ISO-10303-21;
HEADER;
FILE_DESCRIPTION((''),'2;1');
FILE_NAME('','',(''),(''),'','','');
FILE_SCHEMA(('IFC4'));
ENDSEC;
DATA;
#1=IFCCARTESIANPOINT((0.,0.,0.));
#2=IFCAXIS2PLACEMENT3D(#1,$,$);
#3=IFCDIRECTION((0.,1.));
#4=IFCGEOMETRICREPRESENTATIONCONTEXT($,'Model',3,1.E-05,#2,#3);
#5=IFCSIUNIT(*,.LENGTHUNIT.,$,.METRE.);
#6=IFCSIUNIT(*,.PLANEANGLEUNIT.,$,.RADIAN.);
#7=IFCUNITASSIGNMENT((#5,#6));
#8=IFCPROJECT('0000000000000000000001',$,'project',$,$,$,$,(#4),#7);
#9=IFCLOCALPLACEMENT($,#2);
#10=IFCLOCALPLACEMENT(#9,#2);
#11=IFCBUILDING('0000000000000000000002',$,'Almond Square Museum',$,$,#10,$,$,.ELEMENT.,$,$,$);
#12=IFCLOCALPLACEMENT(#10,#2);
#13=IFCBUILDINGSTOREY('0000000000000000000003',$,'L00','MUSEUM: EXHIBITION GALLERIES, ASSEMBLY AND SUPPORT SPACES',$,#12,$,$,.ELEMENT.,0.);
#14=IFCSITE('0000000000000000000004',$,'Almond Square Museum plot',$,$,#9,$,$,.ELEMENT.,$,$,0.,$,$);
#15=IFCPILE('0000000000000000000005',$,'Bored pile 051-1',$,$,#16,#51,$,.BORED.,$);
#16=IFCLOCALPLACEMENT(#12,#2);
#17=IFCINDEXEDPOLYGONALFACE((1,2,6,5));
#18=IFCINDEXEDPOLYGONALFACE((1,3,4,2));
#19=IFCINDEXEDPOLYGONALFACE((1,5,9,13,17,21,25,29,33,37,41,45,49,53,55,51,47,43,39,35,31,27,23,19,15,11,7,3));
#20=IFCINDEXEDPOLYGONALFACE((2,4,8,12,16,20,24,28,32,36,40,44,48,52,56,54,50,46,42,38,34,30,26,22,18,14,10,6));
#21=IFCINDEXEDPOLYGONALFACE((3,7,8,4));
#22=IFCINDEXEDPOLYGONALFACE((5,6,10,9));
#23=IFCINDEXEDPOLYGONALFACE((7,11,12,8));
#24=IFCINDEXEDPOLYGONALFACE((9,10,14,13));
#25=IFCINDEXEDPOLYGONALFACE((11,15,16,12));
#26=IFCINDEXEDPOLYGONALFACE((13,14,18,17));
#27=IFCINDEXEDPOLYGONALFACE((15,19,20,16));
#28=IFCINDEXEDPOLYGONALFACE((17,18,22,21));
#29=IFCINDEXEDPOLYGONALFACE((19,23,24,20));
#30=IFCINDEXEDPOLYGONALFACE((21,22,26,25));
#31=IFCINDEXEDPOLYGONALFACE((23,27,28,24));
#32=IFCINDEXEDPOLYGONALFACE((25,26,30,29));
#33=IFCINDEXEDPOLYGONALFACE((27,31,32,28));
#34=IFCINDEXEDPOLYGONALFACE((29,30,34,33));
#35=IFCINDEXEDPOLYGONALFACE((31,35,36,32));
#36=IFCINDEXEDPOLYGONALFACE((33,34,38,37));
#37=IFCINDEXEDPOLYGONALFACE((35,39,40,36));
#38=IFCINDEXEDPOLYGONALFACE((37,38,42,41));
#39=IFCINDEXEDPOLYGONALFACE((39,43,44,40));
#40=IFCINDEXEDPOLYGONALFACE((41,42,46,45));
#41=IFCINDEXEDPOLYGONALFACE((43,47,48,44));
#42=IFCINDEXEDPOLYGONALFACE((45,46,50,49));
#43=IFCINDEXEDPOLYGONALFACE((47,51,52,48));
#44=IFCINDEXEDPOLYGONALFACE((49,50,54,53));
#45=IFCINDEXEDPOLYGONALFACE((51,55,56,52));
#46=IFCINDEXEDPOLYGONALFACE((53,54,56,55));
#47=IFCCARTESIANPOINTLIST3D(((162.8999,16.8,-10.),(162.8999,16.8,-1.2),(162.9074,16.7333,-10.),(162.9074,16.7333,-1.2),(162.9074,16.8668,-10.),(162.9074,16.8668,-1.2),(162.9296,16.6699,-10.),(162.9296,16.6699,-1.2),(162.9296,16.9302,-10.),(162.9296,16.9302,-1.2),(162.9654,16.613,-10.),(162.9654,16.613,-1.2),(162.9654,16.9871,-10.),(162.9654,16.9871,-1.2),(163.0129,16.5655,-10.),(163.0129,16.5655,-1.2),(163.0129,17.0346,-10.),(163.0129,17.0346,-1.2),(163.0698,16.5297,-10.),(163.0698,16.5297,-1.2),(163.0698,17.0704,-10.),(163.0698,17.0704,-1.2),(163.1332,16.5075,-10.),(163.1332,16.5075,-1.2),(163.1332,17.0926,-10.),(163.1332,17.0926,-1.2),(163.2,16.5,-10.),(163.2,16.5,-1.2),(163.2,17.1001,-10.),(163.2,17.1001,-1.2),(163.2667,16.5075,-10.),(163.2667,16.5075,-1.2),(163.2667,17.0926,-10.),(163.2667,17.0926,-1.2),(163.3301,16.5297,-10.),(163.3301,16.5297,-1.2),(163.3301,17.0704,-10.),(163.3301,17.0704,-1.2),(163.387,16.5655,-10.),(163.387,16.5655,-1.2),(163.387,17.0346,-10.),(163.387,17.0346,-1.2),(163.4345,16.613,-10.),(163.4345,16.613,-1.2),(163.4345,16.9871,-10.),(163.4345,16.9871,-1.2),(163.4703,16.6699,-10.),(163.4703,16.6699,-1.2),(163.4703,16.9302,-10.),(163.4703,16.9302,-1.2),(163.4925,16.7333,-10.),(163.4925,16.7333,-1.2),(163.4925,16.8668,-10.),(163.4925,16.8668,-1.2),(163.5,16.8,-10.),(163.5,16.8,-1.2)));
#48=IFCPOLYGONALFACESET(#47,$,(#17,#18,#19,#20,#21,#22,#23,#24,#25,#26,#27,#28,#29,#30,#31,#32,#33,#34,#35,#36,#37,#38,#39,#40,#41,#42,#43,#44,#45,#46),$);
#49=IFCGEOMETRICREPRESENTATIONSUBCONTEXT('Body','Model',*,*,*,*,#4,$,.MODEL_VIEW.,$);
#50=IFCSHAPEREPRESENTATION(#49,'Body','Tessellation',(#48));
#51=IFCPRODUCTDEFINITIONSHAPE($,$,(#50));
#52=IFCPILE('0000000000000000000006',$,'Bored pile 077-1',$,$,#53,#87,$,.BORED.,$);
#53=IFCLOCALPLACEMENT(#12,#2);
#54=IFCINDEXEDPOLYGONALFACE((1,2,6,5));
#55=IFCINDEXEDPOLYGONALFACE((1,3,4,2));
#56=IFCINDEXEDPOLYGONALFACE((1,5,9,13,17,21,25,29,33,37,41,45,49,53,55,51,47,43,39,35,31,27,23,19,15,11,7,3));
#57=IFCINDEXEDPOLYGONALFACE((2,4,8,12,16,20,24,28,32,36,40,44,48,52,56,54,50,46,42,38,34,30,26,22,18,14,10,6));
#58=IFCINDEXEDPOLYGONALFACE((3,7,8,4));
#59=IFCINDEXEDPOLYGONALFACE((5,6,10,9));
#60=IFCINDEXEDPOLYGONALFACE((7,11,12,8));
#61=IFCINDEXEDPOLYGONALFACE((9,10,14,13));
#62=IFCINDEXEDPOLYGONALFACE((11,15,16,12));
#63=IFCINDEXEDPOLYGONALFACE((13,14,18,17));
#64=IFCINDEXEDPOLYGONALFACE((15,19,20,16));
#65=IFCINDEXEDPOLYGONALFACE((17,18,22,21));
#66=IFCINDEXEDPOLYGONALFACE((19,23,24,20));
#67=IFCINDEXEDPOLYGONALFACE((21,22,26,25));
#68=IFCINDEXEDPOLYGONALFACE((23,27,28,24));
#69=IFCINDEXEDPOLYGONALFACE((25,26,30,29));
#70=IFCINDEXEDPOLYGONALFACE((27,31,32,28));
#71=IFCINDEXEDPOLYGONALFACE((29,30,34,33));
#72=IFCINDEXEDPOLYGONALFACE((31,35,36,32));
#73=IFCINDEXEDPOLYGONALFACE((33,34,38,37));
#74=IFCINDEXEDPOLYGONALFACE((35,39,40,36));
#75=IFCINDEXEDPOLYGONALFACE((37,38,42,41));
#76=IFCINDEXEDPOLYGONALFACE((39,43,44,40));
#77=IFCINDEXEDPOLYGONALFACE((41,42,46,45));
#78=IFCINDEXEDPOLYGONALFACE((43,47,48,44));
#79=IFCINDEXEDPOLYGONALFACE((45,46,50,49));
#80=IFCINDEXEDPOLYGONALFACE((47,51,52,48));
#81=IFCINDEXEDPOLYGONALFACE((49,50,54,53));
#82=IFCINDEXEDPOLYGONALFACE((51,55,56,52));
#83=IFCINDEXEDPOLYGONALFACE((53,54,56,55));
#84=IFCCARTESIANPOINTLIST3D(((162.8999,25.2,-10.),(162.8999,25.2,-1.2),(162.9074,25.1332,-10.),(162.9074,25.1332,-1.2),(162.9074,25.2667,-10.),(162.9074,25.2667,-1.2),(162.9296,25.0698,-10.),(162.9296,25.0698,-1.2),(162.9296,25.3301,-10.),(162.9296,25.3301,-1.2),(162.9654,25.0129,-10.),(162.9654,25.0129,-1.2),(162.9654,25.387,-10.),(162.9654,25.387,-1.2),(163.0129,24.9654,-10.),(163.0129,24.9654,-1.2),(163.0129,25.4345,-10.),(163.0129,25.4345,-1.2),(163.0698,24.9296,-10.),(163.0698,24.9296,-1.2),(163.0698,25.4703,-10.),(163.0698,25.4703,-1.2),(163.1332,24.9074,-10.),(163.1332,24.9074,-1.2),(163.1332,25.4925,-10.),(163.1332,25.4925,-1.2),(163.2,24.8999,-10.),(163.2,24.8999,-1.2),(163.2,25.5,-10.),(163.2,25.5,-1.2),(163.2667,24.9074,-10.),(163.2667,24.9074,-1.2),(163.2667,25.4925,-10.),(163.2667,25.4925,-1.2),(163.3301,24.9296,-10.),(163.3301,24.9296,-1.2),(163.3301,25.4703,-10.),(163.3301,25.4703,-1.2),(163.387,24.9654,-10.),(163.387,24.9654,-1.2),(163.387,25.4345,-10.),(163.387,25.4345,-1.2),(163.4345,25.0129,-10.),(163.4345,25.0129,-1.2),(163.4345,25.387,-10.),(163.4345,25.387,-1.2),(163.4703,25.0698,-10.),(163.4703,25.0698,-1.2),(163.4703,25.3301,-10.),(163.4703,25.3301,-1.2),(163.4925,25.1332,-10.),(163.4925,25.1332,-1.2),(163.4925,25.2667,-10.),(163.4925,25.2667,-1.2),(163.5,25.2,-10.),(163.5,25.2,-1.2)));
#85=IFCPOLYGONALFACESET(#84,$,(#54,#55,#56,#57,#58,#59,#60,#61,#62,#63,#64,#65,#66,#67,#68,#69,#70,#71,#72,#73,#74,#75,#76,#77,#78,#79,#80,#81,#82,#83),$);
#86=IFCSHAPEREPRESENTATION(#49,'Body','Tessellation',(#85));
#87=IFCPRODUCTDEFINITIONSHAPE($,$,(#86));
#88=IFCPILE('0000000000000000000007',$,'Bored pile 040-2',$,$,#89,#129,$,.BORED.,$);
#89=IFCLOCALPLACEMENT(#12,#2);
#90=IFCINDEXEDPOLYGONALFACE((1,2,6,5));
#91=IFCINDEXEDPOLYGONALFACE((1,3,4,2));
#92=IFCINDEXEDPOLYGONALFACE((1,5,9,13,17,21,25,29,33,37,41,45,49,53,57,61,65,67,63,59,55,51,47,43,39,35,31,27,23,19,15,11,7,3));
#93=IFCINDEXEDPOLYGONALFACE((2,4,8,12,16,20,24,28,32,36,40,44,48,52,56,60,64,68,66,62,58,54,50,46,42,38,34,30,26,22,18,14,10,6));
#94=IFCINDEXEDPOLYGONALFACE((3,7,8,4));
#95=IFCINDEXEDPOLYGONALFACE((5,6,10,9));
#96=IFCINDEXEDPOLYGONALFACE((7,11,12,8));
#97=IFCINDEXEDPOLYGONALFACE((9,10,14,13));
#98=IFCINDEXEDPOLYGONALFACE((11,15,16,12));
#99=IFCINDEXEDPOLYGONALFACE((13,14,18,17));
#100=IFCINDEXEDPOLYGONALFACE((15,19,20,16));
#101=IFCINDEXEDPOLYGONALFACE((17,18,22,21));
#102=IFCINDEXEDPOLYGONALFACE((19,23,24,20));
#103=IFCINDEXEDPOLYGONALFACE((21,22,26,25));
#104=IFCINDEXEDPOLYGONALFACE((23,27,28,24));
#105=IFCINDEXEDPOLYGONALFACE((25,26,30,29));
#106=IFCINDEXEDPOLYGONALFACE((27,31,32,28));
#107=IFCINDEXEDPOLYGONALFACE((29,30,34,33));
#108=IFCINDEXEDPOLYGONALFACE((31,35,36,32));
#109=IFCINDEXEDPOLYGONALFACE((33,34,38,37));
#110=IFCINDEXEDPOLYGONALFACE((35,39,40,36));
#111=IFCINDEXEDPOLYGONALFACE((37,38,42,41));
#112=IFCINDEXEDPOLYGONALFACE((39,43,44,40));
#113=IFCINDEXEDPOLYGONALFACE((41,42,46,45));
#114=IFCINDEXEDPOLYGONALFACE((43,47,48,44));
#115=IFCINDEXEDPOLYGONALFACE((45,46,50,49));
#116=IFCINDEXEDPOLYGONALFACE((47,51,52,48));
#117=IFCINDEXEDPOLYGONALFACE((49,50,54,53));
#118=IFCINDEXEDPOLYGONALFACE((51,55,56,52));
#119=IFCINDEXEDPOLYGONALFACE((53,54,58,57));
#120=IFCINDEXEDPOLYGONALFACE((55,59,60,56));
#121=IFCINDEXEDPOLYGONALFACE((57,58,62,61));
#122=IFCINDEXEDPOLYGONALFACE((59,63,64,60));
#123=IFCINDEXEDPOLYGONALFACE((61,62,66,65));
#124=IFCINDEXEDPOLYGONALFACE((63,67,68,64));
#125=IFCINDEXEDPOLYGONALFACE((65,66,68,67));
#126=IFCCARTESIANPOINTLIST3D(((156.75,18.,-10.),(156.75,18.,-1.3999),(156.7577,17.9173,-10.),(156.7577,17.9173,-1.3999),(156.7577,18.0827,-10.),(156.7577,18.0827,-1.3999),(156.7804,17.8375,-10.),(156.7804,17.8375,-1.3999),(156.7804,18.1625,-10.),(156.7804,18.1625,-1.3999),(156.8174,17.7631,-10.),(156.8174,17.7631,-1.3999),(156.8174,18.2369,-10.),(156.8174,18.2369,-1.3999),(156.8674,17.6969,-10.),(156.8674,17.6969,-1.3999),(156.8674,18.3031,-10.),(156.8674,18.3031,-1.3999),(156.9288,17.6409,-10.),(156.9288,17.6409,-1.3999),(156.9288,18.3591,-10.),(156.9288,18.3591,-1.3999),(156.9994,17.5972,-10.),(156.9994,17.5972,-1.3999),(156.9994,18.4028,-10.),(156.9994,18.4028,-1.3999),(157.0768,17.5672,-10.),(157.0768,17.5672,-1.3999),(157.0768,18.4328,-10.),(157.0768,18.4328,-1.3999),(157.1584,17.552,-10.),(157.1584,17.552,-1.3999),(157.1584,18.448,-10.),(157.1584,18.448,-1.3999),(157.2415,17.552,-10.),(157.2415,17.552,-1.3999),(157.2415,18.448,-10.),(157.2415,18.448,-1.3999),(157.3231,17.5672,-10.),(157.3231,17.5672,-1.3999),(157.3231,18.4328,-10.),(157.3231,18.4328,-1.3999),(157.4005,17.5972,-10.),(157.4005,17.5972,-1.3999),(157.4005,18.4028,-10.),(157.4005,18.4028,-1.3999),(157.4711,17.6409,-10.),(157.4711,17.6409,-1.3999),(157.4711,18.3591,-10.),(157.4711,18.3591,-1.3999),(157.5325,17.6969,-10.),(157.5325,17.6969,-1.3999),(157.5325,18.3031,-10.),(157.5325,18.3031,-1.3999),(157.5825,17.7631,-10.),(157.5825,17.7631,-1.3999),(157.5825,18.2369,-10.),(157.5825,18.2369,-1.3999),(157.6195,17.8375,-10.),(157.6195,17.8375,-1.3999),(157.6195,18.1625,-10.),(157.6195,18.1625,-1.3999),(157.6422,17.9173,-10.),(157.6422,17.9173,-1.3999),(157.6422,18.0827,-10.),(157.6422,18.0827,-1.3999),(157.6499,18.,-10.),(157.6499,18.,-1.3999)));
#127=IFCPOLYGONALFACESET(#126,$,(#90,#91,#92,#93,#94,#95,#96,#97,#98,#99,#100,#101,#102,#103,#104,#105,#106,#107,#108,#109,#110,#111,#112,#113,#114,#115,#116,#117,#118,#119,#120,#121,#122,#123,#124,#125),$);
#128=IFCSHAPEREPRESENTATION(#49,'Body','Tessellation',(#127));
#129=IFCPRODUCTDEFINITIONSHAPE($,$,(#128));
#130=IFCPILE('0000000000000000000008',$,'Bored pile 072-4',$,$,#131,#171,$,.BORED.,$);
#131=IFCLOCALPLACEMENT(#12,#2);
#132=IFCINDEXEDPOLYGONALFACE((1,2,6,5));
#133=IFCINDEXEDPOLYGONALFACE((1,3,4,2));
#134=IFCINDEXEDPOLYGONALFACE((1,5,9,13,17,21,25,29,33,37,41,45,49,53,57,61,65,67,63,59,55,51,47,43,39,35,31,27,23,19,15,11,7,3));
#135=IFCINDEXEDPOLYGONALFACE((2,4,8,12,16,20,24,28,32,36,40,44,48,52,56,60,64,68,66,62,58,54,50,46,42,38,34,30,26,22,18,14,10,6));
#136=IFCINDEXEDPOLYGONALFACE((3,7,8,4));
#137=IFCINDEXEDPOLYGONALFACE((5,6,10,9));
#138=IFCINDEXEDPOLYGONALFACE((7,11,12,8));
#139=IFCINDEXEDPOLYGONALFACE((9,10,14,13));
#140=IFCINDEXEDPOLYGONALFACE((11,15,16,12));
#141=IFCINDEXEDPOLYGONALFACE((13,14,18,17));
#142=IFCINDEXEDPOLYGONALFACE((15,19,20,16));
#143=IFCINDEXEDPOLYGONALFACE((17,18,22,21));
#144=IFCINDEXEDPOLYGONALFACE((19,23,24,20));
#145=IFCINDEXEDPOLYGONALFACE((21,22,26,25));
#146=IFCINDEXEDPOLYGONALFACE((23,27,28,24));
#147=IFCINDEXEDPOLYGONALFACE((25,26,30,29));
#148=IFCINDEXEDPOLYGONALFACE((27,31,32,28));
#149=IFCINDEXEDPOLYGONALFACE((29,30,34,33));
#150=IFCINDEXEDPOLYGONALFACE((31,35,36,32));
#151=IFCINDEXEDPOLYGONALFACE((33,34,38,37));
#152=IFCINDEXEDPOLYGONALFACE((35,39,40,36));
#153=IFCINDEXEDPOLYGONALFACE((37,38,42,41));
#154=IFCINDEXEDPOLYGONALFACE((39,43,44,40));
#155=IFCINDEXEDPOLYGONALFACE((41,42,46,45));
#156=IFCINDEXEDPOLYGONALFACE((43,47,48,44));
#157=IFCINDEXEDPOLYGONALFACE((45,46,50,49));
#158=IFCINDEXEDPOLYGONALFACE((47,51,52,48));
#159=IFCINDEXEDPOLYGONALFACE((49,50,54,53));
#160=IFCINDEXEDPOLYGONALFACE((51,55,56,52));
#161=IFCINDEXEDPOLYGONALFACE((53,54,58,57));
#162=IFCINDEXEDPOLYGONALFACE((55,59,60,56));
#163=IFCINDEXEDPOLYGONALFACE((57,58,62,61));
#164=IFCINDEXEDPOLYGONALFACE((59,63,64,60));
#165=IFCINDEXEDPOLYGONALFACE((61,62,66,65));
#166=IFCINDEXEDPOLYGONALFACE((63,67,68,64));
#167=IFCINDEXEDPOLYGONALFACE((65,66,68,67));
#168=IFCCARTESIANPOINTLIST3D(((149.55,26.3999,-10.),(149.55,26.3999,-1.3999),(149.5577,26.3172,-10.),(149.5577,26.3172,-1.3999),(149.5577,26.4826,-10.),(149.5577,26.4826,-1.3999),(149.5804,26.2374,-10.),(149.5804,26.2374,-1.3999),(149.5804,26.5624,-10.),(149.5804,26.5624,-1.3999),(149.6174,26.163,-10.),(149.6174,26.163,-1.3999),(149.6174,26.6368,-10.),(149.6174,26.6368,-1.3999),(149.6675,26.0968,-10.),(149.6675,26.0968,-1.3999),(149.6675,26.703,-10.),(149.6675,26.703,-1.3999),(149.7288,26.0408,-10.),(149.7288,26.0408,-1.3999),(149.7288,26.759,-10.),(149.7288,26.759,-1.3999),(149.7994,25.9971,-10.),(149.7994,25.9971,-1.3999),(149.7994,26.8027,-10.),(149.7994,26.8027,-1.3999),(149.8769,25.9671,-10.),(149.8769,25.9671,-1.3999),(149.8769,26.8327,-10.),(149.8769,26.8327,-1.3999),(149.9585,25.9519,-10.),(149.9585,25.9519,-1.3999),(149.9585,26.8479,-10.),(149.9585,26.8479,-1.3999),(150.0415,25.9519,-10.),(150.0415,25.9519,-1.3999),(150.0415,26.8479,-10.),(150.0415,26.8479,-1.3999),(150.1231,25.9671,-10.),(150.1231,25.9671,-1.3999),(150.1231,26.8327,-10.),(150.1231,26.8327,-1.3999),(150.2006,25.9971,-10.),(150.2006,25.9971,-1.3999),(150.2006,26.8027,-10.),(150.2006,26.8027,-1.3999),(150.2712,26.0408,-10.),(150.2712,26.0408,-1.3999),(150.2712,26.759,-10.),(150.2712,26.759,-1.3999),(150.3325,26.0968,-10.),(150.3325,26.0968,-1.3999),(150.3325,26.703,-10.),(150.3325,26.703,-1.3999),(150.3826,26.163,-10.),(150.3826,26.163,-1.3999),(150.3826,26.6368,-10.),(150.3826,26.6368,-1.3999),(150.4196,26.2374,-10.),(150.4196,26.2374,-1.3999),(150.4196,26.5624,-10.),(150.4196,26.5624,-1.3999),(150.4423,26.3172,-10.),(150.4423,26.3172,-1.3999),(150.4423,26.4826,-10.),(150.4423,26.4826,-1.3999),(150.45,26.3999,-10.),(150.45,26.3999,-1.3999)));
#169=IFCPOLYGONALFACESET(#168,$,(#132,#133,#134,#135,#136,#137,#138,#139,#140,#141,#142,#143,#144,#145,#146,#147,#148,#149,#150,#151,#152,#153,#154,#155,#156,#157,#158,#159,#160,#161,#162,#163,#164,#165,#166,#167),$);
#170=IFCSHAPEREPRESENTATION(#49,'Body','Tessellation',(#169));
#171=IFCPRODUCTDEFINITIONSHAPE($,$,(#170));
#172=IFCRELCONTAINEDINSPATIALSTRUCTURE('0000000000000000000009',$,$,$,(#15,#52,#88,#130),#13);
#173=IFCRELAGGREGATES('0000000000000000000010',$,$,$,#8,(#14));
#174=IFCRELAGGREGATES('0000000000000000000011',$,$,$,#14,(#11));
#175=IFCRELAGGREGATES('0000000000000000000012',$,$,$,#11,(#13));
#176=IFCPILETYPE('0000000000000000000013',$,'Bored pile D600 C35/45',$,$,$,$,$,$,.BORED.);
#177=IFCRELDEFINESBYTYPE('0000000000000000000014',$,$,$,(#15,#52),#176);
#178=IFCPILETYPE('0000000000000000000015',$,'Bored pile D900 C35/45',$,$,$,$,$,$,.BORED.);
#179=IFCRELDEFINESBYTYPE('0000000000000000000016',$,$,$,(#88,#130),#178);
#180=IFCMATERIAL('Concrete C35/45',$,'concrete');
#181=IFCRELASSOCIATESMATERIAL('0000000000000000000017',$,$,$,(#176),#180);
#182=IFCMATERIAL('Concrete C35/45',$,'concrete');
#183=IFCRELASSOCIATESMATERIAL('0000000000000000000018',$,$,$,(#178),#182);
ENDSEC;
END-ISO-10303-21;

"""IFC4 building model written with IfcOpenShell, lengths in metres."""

from ifc_helpers import new_model, si_unit, direction, frame, origin, origin_2d, place, context, subcontext, project, spatial, circle, extrude, material, material_profile, profile_set, type_object, element, save


model = new_model("IFC4")

# Units and contexts
model_context = context("Model", 3, precision=1e-05, world=origin(), true_north=direction((0.0, 1.0)))
body_context = subcontext(model_context, "Body", "Model", "MODEL_VIEW")
ifc_project = project(units=[si_unit("LENGTHUNIT", "METRE"), si_unit("PLANEANGLEUNIT", "RADIAN")], contexts=[model_context])

# Site, building, storey
site_placement = place(None, origin())
site = spatial("IfcSite", under=ifc_project, at=site_placement, Name="Almond Square Museum plot", CompositionType="ELEMENT", RefElevation=0.0)
building_placement = place(site_placement, origin())
building = spatial("IfcBuilding", under=site, at=building_placement, Name="Almond Square Museum", CompositionType="ELEMENT")
storey_placement = place(building_placement, origin())
storey = spatial("IfcBuildingStorey", under=building, at=storey_placement, Name="L00", Description="MUSEUM: EXHIBITION GALLERIES, ASSEMBLY AND SUPPORT SPACES", CompositionType="ELEMENT", Elevation=0.0)

# Piles
ifc_material_1 = material(Name="Concrete C35/45", Category="concrete")
ifc_material_profile_1 = material_profile(ifc_material_1, circle(Radius=0.3, at=origin_2d()))
ifc_profile_set_1 = profile_set([ifc_material_profile_1], Name="Concrete C35/45")
pile_type_1 = type_object("IfcPileType", Name="Bored pile D600 C35/45", PredefinedType="BORED", material=ifc_profile_set_1)
for number, where, z_axis, x_axis, name in (
    (1, (163.2, 16.8, -1.2), (0.0, 0.0, -1.0), (1.0, 0.0, 0.0), "Bored pile 051-1"),
    (2, (163.2, 25.2, -1.2), (0.0, 0.0, -1.0), (1.0, 0.0, 0.0), "Bored pile 077-1"),
):
    element("IfcPile", number, at=place(storey_placement, frame(where, z_axis=z_axis, x_axis=x_axis)), inside=storey, type_object=pile_type_1, Name=name, PredefinedType="BORED", context=body_context, shape_type="SweptSolid", body=[
        extrude(circle(Radius=0.3, at=origin_2d()), origin(), (0.0, 0.0, 1.0), 8.8),
    ])
ifc_material_2 = material(Name="Concrete C35/45", Category="concrete")
ifc_material_profile_2 = material_profile(ifc_material_2, circle(Radius=0.45, at=origin_2d()))
ifc_profile_set_2 = profile_set([ifc_material_profile_2], Name="Concrete C35/45")
pile_type_2 = type_object("IfcPileType", Name="Bored pile D900 C35/45", PredefinedType="BORED", material=ifc_profile_set_2)
for number, where, z_axis, x_axis, name in (
    (3, (157.2, 18.0, -1.3999), (0.0, 0.0, -1.0), (1.0, 0.0, 0.0), "Bored pile 040-2"),
    (4, (150.0, 26.3999, -1.3999), (0.0, 0.0, -1.0), (1.0, 0.0, 0.0), "Bored pile 072-4"),
):
    element("IfcPile", number, at=place(storey_placement, frame(where, z_axis=z_axis, x_axis=x_axis)), inside=storey, type_object=pile_type_2, Name=name, PredefinedType="BORED", context=body_context, shape_type="SweptSolid", body=[
        extrude(circle(Radius=0.45, at=origin_2d()), origin(), (0.0, 0.0, 1.0), 8.6001),
    ])

save(model, "model.ifc")
